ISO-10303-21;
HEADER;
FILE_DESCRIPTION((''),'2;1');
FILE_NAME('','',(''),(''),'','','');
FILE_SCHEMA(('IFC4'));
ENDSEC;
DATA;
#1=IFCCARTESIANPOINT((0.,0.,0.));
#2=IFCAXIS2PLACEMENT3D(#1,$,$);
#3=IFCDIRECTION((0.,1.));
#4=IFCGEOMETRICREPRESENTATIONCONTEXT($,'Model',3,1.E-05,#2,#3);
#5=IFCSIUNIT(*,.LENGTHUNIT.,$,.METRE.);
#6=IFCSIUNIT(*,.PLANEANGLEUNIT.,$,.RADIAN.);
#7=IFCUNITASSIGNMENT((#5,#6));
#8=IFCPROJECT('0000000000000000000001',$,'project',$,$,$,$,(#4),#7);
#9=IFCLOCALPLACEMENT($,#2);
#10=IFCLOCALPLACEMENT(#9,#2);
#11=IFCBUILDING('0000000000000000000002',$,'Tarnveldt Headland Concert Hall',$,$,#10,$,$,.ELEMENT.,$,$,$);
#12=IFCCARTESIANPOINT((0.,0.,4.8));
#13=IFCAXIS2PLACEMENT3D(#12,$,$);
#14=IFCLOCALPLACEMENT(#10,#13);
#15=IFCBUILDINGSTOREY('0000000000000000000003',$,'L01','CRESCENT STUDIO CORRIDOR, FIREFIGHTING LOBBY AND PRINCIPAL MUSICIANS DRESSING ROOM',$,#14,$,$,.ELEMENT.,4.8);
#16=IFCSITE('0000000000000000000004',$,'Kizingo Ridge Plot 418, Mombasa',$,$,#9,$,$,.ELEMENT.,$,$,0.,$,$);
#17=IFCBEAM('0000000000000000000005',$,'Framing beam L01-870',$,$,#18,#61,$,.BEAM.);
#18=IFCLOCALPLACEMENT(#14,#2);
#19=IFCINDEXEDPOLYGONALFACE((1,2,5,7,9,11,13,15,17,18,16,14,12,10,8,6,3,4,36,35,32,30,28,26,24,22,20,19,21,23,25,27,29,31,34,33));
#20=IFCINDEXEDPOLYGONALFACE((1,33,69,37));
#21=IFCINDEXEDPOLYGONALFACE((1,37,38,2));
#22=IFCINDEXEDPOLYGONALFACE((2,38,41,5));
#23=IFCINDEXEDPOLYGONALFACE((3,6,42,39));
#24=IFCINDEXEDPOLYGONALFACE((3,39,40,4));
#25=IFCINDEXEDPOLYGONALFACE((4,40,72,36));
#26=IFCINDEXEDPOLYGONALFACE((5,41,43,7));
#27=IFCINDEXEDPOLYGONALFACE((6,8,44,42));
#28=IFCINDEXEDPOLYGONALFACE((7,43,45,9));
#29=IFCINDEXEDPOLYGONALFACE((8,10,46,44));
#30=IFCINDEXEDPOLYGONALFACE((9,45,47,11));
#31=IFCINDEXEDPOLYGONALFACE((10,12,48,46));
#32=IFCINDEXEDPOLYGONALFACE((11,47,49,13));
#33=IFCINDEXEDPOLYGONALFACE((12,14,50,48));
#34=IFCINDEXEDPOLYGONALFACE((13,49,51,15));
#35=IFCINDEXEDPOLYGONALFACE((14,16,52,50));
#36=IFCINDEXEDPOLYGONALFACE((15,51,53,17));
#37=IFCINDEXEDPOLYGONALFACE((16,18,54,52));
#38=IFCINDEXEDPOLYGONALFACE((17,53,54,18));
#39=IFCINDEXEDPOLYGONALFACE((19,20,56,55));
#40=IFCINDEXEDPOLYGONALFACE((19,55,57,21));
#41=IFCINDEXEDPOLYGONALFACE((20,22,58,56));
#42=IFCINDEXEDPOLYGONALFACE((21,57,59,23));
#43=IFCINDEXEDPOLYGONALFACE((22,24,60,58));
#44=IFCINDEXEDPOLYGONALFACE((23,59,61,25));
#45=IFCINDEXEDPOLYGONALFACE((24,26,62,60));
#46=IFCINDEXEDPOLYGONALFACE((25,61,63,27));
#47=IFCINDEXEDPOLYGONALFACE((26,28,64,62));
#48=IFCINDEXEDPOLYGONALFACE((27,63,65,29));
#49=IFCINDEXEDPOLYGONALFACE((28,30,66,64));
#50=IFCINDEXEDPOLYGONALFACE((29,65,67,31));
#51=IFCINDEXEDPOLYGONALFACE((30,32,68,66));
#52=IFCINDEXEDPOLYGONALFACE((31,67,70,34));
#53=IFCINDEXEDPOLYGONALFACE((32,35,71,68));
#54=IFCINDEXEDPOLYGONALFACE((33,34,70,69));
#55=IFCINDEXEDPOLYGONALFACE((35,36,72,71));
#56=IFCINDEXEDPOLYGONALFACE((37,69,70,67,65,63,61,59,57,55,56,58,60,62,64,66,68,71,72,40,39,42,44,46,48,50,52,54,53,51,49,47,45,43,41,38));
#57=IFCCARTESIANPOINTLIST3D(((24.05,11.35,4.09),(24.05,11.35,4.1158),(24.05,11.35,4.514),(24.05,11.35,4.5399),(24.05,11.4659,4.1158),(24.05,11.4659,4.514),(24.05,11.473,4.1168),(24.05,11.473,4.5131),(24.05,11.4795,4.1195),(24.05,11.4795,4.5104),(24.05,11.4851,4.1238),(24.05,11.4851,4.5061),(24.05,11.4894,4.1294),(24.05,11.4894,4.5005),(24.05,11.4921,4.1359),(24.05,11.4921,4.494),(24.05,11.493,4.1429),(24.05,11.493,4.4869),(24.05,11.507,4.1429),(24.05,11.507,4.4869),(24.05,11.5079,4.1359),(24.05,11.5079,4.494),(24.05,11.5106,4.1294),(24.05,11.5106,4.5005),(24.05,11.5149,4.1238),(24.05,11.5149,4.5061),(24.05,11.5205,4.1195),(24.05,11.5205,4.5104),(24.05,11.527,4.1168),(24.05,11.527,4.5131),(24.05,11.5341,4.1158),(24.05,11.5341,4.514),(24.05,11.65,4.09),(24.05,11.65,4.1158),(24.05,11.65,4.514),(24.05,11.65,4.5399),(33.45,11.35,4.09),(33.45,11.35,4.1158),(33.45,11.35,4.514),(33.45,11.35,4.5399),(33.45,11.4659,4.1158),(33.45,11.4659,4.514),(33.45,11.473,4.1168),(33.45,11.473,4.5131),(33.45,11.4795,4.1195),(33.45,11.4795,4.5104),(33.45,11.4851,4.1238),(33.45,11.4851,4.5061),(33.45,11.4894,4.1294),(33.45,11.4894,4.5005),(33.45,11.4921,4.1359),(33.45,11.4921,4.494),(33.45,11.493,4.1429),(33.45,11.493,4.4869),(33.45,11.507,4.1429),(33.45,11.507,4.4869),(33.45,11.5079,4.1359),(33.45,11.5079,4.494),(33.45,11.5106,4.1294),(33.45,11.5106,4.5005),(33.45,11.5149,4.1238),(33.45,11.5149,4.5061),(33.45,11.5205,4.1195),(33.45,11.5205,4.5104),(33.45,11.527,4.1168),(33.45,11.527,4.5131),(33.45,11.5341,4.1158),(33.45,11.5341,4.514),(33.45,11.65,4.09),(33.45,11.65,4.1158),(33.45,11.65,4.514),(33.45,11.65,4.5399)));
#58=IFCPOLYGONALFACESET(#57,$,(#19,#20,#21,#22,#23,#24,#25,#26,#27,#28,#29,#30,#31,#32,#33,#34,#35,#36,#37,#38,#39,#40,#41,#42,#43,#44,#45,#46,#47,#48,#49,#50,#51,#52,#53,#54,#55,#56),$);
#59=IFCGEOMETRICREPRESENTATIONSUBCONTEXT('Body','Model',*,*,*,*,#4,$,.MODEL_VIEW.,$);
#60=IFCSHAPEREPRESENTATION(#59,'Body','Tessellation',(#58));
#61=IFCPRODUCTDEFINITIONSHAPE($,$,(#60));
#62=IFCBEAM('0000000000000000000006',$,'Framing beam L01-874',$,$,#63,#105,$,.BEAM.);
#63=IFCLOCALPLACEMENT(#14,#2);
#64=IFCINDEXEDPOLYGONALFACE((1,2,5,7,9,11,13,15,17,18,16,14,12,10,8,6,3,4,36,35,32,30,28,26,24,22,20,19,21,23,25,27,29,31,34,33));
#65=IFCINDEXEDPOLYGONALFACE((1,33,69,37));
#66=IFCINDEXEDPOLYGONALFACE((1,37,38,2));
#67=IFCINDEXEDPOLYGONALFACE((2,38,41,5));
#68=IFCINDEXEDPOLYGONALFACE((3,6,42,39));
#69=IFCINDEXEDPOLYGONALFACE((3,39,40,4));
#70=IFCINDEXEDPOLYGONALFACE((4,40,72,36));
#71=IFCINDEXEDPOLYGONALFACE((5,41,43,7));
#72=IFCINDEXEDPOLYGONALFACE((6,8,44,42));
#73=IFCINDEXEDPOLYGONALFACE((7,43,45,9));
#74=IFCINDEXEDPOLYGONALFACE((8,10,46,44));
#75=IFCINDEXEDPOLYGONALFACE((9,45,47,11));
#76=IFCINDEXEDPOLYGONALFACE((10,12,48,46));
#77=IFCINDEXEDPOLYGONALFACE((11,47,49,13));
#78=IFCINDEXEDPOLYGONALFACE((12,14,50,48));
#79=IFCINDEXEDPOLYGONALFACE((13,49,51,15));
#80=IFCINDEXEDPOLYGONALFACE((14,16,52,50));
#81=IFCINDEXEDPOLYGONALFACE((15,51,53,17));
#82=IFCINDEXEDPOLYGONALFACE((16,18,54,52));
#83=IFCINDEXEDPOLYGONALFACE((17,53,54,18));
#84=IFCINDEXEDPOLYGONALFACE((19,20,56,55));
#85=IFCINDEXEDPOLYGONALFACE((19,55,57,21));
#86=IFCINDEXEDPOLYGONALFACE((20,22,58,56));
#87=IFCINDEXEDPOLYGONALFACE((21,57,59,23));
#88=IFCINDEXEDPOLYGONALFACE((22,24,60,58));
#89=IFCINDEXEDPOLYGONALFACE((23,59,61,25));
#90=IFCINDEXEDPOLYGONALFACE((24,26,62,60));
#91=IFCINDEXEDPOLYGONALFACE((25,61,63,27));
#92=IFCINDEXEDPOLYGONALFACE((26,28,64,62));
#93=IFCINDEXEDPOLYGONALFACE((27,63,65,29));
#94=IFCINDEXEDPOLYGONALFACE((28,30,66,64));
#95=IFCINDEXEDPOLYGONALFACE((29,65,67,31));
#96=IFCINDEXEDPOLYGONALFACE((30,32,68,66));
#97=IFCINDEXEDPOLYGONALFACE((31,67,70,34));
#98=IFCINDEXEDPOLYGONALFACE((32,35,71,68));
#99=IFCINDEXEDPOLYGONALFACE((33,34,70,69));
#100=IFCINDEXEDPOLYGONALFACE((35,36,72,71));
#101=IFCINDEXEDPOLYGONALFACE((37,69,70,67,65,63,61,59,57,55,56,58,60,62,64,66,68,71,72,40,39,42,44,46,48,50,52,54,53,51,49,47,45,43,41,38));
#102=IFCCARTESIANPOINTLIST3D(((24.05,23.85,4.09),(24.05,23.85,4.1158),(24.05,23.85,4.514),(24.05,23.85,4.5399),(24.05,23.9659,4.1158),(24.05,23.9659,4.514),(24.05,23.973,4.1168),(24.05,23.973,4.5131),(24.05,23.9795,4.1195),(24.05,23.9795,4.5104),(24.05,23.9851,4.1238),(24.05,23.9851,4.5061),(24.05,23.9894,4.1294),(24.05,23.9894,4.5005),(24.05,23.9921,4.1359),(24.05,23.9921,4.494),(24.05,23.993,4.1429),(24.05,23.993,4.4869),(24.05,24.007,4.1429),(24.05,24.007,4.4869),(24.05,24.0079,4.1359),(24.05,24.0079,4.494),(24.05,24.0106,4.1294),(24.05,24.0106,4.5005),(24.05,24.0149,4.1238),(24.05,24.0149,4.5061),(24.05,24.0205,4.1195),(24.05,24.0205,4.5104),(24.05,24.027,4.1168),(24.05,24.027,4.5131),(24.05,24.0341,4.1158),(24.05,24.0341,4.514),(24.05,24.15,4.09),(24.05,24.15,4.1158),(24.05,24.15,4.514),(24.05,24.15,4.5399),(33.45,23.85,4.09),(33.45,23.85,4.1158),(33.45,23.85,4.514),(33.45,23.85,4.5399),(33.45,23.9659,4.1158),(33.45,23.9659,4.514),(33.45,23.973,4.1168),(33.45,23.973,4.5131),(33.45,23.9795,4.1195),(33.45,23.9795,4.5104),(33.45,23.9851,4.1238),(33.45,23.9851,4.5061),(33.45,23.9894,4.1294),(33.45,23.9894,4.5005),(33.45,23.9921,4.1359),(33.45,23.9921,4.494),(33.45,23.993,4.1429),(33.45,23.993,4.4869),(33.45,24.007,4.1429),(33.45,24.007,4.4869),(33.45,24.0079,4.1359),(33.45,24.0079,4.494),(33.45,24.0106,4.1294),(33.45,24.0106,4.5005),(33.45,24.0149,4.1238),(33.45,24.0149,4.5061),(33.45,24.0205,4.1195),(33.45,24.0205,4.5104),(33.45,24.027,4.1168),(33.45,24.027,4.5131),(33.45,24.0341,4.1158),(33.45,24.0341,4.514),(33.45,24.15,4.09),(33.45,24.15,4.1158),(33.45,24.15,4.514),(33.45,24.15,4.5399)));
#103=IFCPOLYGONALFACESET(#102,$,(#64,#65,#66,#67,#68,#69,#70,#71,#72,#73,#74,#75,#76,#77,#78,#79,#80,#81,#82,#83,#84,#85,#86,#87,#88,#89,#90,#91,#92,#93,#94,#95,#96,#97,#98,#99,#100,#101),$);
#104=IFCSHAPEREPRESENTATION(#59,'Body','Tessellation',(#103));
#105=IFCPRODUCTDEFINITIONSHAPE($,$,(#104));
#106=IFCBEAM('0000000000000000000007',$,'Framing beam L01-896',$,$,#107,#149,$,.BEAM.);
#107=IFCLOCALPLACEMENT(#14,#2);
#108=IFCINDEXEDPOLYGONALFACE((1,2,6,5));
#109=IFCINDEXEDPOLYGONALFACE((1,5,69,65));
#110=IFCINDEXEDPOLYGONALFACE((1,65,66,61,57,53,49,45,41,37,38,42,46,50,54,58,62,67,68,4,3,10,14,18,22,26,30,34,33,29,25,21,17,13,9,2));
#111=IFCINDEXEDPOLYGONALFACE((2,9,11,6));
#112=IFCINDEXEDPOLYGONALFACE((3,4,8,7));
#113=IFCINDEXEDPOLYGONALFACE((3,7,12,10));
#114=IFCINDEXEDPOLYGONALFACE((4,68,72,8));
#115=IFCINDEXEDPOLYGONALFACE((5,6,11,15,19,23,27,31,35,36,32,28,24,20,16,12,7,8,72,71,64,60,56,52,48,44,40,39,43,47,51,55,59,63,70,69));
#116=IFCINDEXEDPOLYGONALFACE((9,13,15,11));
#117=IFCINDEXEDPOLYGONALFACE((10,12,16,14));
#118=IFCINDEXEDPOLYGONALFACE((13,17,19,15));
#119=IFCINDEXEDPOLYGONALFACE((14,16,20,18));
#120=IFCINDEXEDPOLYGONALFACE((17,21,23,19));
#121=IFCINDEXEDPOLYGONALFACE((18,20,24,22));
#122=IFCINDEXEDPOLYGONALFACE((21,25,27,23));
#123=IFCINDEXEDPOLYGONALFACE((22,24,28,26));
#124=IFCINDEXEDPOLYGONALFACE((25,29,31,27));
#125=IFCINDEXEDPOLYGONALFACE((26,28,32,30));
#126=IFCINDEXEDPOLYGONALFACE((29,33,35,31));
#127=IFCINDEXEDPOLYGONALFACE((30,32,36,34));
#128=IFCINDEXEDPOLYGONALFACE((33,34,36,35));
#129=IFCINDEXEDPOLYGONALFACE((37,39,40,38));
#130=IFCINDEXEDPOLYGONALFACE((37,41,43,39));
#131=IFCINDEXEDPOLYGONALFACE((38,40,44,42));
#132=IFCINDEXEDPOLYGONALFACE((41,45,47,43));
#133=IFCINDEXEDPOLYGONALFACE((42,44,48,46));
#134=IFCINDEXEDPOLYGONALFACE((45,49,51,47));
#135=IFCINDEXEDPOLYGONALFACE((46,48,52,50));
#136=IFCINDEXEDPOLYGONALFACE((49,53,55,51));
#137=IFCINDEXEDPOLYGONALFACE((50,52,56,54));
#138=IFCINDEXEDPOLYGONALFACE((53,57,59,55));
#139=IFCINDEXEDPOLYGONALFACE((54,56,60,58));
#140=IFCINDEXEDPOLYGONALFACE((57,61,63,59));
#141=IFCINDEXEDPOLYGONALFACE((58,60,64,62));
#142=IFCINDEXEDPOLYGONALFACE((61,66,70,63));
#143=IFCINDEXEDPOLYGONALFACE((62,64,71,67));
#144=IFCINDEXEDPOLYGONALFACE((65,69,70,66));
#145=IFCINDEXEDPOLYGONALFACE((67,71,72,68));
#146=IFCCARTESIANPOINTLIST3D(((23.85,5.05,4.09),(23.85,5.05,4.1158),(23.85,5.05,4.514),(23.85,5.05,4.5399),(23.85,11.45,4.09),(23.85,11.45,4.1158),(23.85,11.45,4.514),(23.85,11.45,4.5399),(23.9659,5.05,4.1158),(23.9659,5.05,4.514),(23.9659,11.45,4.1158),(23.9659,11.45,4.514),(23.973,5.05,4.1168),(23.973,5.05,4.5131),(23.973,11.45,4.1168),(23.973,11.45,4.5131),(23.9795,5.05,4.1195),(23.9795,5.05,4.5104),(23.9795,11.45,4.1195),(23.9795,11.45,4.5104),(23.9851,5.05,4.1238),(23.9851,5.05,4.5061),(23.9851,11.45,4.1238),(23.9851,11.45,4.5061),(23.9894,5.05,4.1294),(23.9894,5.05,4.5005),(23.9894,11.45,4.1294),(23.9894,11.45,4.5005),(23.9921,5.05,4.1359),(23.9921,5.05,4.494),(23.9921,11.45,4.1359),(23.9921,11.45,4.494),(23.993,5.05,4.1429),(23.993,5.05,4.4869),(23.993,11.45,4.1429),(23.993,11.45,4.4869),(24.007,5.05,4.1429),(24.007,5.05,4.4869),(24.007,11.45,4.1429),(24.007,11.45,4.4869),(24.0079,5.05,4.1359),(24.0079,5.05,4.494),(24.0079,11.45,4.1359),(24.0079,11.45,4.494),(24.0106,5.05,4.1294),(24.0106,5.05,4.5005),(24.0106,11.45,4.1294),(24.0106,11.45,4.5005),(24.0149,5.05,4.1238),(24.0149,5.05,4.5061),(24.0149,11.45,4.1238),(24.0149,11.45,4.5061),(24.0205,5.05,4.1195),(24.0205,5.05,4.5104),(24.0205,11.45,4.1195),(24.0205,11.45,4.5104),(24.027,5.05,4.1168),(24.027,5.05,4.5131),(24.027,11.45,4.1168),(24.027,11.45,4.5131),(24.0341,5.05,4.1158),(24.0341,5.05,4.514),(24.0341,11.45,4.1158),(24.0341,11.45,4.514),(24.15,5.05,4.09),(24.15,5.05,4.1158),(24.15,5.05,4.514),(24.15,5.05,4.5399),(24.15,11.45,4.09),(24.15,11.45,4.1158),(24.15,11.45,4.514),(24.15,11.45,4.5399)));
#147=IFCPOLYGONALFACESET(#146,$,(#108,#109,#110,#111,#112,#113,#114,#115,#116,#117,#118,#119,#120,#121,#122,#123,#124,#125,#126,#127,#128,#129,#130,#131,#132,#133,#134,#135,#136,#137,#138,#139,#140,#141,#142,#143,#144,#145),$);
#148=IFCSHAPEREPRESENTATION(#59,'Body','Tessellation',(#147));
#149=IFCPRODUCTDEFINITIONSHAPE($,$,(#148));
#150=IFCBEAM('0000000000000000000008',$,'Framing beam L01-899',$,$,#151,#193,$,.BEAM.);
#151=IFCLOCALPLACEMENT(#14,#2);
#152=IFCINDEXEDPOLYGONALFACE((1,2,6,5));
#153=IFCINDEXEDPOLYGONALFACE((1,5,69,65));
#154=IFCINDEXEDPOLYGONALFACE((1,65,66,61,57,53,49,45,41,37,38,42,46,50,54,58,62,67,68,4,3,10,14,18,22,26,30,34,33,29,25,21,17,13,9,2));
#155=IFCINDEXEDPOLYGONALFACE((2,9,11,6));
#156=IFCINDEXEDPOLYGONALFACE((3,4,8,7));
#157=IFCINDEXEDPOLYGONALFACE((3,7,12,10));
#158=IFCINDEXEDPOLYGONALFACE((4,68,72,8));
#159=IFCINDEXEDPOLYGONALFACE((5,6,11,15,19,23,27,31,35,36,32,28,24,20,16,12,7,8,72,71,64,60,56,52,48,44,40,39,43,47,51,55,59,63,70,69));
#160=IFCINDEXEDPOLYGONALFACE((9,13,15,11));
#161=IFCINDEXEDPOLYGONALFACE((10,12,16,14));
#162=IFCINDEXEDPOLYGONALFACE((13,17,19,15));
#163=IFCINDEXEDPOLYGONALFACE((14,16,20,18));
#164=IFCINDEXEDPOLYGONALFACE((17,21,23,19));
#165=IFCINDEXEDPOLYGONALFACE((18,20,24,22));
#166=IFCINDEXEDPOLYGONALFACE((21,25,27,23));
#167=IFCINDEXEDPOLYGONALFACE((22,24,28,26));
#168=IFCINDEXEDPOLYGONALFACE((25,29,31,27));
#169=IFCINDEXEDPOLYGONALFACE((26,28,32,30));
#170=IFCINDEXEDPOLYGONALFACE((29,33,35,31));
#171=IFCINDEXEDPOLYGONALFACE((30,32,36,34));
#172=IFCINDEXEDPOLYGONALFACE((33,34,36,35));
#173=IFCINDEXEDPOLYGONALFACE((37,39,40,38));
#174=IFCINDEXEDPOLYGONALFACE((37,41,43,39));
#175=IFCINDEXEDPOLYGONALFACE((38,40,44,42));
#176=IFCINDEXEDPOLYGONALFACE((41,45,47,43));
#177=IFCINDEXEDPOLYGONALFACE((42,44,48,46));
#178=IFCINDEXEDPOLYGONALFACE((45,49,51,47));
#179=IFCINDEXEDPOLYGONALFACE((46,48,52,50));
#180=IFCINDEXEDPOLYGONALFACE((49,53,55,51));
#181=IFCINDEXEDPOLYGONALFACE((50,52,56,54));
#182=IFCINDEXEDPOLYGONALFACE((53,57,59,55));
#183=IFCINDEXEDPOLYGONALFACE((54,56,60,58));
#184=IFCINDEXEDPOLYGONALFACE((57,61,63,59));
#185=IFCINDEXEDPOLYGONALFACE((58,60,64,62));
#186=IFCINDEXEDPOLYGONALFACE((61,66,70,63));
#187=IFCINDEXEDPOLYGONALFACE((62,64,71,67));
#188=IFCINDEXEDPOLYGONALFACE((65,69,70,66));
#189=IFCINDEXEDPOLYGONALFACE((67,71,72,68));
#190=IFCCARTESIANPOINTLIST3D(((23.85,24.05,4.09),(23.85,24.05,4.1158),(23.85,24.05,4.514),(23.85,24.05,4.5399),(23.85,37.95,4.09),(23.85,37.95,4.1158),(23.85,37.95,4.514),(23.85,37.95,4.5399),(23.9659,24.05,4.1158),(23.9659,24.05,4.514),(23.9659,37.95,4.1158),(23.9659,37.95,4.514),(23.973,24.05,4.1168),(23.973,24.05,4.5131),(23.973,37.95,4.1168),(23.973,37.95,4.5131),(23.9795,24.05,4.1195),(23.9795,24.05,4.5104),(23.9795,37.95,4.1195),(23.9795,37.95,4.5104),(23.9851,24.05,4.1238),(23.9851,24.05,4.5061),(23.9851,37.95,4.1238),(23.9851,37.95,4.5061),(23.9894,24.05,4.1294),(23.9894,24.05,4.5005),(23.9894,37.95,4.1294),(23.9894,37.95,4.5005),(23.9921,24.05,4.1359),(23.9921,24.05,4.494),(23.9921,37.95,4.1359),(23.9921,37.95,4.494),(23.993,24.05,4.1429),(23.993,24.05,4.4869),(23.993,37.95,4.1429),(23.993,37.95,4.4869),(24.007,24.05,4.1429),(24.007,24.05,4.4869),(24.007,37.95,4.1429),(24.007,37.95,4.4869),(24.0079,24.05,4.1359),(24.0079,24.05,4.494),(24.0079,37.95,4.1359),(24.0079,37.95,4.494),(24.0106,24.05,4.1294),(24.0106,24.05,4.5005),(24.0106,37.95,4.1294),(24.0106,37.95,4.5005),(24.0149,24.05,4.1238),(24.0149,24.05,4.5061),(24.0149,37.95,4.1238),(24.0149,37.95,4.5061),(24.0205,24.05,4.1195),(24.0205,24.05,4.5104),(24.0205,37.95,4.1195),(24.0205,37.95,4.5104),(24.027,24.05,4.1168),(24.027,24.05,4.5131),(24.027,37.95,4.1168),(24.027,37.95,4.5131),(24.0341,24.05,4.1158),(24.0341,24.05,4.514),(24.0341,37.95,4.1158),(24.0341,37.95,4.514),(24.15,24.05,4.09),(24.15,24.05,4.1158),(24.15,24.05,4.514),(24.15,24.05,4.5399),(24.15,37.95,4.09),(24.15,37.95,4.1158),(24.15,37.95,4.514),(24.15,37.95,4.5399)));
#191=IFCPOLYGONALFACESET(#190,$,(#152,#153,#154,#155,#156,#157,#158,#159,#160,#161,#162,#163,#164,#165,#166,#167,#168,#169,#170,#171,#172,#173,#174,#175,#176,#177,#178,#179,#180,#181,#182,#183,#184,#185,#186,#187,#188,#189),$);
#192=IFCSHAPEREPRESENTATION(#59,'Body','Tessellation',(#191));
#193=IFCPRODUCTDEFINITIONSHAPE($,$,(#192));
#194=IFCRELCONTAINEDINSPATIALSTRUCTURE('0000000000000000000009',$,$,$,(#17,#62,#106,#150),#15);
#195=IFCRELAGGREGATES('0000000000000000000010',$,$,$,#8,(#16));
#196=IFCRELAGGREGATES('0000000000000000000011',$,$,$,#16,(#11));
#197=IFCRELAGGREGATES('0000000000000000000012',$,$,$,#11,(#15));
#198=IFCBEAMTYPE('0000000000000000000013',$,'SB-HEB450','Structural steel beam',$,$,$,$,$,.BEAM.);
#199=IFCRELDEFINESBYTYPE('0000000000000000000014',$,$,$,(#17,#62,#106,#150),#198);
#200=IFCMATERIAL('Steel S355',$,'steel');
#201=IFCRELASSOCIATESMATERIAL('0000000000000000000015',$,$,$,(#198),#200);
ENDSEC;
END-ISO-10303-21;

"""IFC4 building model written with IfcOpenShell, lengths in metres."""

from ifc_helpers import new_model, si_unit, direction, frame, origin, origin_2d, place, context, subcontext, project, spatial, i_section, extrude, material, material_profile, profile_set, type_object, element, save


model = new_model("IFC4")

# Units and contexts
model_context = context("Model", 3, precision=1e-05, world=origin(), true_north=direction((0.0, 1.0)))
body_context = subcontext(model_context, "Body", "Model", "MODEL_VIEW")
ifc_project = project(units=[si_unit("LENGTHUNIT", "METRE"), si_unit("PLANEANGLEUNIT", "RADIAN")], contexts=[model_context])

# Site, building, storey
site_placement = place(None, origin())
site = spatial("IfcSite", under=ifc_project, at=site_placement, Name="Kizingo Ridge Plot 418, Mombasa", CompositionType="ELEMENT", RefElevation=0.0)
building_placement = place(site_placement, origin())
building = spatial("IfcBuilding", under=site, at=building_placement, Name="Tarnveldt Headland Concert Hall", CompositionType="ELEMENT")
storey_placement = place(building_placement, frame((0.0, 0.0, 4.8)))
storey = spatial("IfcBuildingStorey", under=building, at=storey_placement, Name="L01", Description="CRESCENT STUDIO CORRIDOR, FIREFIGHTING LOBBY AND PRINCIPAL MUSICIANS DRESSING ROOM", CompositionType="ELEMENT", Elevation=4.8)

# Shared definitions
ifc_material_1 = material(Name="Steel S355", Category="steel")

# Beams
ifc_material_profile_1 = material_profile(ifc_material_1, i_section(OverallWidth=0.3, OverallDepth=0.45, WebThickness=0.0139, FlangeThickness=0.0259, FilletRadius=0.0271, at=origin_2d()), Name="HEB450", Category="steel")
ifc_profile_set_1 = profile_set([ifc_material_profile_1], Name="Steel S355")
beam_type_1 = type_object("IfcBeamType", Name="SB-HEB450", Description="Structural steel beam", PredefinedType="BEAM", material=ifc_profile_set_1)
for number, where, z_axis, x_axis, name in (
    (1, (24.05, 11.5, 4.3149), (1.0, 0.0, 0.0), (0.0, 1.0, 0.0), "Framing beam L01-870"),
    (2, (24.05, 24.0, 4.3149), (1.0, 0.0, 0.0), (0.0, 1.0, 0.0), "Framing beam L01-874"),
):
    element("IfcBeam", number, at=place(storey_placement, frame(where, z_axis=z_axis, x_axis=x_axis)), inside=storey, type_object=beam_type_1, Name=name, PredefinedType="BEAM", context=body_context, shape_type="SweptSolid", body=[
        extrude(i_section(OverallWidth=0.3, OverallDepth=0.45, WebThickness=0.0139, FlangeThickness=0.0259, FilletRadius=0.0271, at=origin_2d()), origin(), (0.0, 0.0, 1.0), 9.3999),
    ])
beam_1_placement = place(storey_placement, frame((24.0, 5.05, 4.3149), z_axis=(0.0, 1.0, 0.0), x_axis=(-1.0, 0.0, 0.0)))
element("IfcBeam", 3, at=beam_1_placement, inside=storey, type_object=beam_type_1, Name="Framing beam L01-896", PredefinedType="BEAM", context=body_context, shape_type="SweptSolid", body=[
    extrude(i_section(OverallWidth=0.3, OverallDepth=0.45, WebThickness=0.0139, FlangeThickness=0.0259, FilletRadius=0.0271, at=origin_2d()), origin(), (0.0, 0.0, 1.0), 6.3999),
])
beam_2_placement = place(storey_placement, frame((24.0, 24.05, 4.3149), z_axis=(0.0, 1.0, 0.0), x_axis=(-1.0, 0.0, 0.0)))
element("IfcBeam", 4, at=beam_2_placement, inside=storey, type_object=beam_type_1, Name="Framing beam L01-899", PredefinedType="BEAM", context=body_context, shape_type="SweptSolid", body=[
    extrude(i_section(OverallWidth=0.3, OverallDepth=0.45, WebThickness=0.0139, FlangeThickness=0.0259, FilletRadius=0.0271, at=origin_2d()), origin(), (0.0, 0.0, 1.0), 13.8999),
])

save(model, "model.ifc")
